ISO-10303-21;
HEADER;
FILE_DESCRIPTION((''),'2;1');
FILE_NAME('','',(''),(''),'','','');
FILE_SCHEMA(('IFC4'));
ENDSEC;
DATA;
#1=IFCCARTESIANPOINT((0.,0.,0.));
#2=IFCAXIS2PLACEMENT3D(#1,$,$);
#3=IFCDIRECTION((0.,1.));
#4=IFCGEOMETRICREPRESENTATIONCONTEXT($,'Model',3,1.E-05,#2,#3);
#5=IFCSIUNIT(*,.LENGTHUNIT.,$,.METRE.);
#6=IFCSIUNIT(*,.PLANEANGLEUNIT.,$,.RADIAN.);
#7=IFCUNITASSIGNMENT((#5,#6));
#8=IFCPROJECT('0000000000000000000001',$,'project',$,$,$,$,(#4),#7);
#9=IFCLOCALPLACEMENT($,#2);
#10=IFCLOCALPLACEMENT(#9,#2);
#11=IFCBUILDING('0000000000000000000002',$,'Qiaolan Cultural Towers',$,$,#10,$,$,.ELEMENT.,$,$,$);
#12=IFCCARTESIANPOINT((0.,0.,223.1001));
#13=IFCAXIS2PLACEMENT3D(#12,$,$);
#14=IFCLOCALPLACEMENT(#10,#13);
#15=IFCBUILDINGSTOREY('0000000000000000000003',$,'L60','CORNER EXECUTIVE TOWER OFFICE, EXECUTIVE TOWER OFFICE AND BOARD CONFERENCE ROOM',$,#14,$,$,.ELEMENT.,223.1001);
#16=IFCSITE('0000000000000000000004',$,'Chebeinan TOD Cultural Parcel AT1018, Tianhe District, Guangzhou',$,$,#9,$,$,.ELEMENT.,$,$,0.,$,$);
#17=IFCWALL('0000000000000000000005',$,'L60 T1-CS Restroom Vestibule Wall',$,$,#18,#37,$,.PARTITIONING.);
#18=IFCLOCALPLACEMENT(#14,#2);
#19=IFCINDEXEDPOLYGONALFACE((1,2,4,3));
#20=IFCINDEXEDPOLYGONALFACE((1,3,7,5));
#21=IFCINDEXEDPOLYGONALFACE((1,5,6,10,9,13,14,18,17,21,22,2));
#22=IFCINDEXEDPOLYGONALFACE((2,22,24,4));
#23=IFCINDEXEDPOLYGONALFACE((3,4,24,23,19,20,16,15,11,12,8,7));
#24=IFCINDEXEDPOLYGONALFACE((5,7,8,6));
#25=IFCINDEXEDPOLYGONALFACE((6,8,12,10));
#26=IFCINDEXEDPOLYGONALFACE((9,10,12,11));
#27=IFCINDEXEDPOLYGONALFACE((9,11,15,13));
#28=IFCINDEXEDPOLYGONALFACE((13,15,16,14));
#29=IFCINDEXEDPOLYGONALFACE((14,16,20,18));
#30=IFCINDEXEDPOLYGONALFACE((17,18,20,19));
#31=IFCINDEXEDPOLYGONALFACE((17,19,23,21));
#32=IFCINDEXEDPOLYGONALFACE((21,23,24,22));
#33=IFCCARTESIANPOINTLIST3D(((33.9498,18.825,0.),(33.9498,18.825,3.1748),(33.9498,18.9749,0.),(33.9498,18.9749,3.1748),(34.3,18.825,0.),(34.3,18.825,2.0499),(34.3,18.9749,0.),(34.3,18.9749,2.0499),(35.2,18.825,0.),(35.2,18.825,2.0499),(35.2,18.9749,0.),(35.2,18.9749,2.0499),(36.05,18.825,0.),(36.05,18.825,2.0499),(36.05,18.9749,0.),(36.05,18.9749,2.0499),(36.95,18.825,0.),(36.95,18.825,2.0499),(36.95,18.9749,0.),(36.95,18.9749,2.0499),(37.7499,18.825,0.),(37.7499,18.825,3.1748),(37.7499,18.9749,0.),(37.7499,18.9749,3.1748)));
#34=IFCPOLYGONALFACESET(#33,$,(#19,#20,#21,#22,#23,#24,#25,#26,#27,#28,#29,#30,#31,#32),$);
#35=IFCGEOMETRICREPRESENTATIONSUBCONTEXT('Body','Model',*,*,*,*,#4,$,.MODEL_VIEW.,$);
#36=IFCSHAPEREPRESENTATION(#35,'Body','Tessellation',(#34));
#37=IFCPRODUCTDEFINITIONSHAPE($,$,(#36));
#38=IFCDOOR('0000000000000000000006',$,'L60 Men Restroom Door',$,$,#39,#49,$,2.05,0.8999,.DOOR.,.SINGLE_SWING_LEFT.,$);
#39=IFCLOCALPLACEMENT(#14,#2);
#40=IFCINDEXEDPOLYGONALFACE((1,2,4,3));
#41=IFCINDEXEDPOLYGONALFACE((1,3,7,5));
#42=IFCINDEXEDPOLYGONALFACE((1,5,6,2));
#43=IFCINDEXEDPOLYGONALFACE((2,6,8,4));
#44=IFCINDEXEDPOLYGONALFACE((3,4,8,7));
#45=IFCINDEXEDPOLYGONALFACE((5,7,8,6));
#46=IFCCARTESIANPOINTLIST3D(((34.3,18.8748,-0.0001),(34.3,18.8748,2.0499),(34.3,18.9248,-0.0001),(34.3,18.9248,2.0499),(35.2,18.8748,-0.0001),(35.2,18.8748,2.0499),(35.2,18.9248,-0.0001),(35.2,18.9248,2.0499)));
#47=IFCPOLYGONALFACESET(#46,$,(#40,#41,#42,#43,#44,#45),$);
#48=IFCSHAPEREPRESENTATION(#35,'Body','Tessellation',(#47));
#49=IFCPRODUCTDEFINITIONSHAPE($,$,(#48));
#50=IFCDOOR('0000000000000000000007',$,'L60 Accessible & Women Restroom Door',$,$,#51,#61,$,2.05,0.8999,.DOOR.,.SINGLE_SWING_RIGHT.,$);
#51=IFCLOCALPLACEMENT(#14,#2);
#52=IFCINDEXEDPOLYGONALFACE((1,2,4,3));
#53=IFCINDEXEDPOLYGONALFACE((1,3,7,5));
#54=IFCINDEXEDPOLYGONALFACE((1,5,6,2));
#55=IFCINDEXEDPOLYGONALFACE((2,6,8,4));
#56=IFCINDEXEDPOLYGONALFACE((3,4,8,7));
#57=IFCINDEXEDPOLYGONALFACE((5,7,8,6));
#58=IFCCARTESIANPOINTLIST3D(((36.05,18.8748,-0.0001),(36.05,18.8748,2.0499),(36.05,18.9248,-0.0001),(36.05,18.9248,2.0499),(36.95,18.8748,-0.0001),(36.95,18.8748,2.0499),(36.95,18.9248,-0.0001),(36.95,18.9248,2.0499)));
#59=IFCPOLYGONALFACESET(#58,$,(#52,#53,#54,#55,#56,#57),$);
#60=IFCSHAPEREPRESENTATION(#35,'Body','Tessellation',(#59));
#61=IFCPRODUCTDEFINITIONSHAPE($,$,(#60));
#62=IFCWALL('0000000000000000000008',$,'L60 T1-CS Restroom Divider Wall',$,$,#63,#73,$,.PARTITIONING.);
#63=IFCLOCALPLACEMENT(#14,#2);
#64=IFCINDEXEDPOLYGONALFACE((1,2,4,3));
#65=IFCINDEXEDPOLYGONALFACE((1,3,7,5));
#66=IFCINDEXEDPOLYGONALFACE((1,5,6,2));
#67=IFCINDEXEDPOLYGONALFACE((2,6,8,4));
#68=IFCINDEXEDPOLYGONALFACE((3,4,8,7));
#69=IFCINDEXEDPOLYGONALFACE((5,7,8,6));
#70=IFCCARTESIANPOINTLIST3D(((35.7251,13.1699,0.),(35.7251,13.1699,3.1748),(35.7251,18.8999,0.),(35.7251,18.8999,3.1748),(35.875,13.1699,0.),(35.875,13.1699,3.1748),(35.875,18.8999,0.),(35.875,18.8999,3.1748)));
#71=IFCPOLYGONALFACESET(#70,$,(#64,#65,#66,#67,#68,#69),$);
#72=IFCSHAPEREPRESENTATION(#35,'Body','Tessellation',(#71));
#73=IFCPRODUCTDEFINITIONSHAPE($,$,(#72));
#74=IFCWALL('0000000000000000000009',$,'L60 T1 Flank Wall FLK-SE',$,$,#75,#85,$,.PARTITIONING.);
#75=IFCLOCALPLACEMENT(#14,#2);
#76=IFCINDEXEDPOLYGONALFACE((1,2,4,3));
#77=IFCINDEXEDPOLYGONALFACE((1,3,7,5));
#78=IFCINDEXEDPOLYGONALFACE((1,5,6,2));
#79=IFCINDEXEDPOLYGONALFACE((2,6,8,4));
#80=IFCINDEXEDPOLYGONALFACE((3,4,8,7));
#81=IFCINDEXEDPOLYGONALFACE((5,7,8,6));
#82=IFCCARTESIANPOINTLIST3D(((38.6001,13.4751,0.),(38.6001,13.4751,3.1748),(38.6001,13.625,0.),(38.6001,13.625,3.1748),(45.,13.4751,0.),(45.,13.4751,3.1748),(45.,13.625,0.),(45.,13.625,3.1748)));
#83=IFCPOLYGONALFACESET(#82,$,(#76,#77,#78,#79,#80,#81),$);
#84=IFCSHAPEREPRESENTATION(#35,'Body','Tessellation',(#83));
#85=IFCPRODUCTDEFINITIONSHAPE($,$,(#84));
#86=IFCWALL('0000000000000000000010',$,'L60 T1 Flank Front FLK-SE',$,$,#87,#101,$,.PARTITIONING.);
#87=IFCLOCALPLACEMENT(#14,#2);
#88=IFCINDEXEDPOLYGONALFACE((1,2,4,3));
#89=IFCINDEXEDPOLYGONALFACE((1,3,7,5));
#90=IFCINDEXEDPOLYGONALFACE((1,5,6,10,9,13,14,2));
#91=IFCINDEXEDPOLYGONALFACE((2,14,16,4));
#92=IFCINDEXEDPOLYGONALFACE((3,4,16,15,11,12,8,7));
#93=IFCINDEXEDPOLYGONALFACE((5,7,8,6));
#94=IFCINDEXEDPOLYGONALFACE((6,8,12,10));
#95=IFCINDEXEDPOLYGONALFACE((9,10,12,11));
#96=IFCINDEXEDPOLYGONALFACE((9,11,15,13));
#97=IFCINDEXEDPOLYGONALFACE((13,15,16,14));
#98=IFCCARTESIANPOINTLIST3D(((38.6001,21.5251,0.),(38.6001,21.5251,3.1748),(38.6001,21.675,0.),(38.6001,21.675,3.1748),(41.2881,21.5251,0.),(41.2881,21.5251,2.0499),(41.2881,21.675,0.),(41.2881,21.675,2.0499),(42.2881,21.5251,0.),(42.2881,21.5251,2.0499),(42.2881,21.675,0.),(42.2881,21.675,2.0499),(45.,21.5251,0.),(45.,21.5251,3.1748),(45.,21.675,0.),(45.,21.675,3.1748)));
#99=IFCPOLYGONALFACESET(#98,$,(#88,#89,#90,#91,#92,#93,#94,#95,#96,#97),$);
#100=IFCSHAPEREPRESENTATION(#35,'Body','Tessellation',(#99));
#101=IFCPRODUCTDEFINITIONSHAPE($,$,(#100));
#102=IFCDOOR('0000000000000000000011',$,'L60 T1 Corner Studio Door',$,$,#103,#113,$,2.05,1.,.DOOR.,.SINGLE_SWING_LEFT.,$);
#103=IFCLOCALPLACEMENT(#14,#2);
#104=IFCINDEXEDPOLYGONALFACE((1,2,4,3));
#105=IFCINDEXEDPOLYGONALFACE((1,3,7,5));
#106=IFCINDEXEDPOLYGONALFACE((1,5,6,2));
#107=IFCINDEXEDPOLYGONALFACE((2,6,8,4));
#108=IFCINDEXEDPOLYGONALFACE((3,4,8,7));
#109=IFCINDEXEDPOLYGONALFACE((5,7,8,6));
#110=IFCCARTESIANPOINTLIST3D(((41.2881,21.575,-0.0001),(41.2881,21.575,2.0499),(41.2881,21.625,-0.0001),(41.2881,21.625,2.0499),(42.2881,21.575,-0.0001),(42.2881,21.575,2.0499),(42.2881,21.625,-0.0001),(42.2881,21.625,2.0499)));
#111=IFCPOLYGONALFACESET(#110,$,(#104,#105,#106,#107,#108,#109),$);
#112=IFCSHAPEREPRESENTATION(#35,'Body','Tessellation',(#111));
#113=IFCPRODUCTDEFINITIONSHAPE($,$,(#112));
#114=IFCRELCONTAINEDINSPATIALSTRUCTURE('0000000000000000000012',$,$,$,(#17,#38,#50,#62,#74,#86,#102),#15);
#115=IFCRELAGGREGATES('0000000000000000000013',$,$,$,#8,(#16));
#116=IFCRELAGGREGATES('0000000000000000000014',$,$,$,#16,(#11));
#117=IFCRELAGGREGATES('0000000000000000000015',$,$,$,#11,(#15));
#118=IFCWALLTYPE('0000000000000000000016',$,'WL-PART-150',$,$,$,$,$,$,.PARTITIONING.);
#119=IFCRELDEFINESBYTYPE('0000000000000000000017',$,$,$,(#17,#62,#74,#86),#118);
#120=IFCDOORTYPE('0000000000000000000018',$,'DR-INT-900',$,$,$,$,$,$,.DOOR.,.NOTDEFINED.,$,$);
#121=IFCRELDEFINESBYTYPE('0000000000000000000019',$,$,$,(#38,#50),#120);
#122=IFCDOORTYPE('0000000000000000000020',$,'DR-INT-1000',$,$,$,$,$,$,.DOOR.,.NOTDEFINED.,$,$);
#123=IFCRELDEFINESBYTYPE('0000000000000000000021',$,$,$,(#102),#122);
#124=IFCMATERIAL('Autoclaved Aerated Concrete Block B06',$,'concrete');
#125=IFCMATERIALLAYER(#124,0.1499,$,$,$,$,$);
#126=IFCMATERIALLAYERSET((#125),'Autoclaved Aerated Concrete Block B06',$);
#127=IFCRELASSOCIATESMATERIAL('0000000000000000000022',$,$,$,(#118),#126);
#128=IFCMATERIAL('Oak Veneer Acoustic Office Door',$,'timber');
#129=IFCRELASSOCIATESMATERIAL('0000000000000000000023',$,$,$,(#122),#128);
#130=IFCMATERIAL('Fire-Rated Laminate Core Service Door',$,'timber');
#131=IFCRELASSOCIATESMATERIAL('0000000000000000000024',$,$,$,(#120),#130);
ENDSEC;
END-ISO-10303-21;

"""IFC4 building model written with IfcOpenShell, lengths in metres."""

from ifc_helpers import new_model, si_unit, direction, frame, frame_2d, origin, place, context, subcontext, project, spatial, rectangle, extrude, material, layer, layer_set, type_object, element, fill, save


model = new_model("IFC4")

# Units and contexts
model_context = context("Model", 3, precision=1e-05, world=origin(), true_north=direction((0.0, 1.0)))
body_context = subcontext(model_context, "Body", "Model", "MODEL_VIEW")
ifc_project = project(units=[si_unit("LENGTHUNIT", "METRE"), si_unit("PLANEANGLEUNIT", "RADIAN")], contexts=[model_context])

# Site, building, storey
site_placement = place(None, origin())
site = spatial("IfcSite", under=ifc_project, at=site_placement, Name="Chebeinan TOD Cultural Parcel AT1018, Tianhe District, Guangzhou", CompositionType="ELEMENT", RefElevation=0.0)
building_placement = place(site_placement, origin())
building = spatial("IfcBuilding", under=site, at=building_placement, Name="Qiaolan Cultural Towers", CompositionType="ELEMENT")
storey_placement = place(building_placement, frame((0.0, 0.0, 223.1001)))
storey = spatial("IfcBuildingStorey", under=building, at=storey_placement, Name="L60", Description="CORNER EXECUTIVE TOWER OFFICE, EXECUTIVE TOWER OFFICE AND BOARD CONFERENCE ROOM", CompositionType="ELEMENT", Elevation=223.1001)

# Shared definitions
ifc_material_1 = material(Name="Autoclaved Aerated Concrete Block B06", Category="concrete")
ifc_layer_1 = layer(ifc_material_1, 0.1499)
ifc_layer_set_1 = layer_set([ifc_layer_1], Name="Autoclaved Aerated Concrete Block B06")
wall_type_1 = type_object("IfcWallType", Name="WL-PART-150", PredefinedType="PARTITIONING", material=ifc_layer_set_1)
ifc_material_2 = material(Name="Oak Veneer Acoustic Office Door", Category="timber")
door_type_1 = type_object("IfcDoorType", Name="DR-INT-1000", OperationType="NOTDEFINED", PredefinedType="DOOR", material=ifc_material_2)

# Wall, openings, doors
wall_1_placement = place(storey_placement, frame((33.95, 18.8999, 0.0), z_axis=(0.0, 0.0, 1.0), x_axis=(1.0, 0.0, 0.0)))
wall_1 = element("IfcWall", 1, at=wall_1_placement, inside=storey, type_object=wall_type_1, Name="L60 T1-CS Restroom Vestibule Wall", PredefinedType="PARTITIONING", context=body_context, shape_type="SweptSolid", body=[
    extrude(rectangle(XDim=3.8, YDim=0.1499, at=frame_2d((1.8999, 0.0))), origin(), (0.0, 0.0, 1.0), 3.1748),
])
opening_1_placement = place(wall_1_placement, frame((0.3501, 0.0, 0.0)))
opening_1 = element("IfcOpeningElement", 2, at=opening_1_placement, cuts=wall_1, PredefinedType="OPENING", context=body_context, shape_type="SweptSolid", body=[
    extrude(rectangle(XDim=0.8999, YDim=2.05, at=frame_2d((0.45, 1.0249))), frame((0.0, 0.085, 0.0), z_axis=(0.0, -1.0, 0.0), x_axis=(1.0, 0.0, 0.0)), (0.0, 0.0, 1.0), 0.1699),
])
opening_2_placement = place(wall_1_placement, frame((2.1001, 0.0, 0.0)))
opening_2 = element("IfcOpeningElement", 3, at=opening_2_placement, cuts=wall_1, PredefinedType="OPENING", context=body_context, shape_type="SweptSolid", body=[
    extrude(rectangle(XDim=0.8999, YDim=2.05, at=frame_2d((0.45, 1.0249))), frame((0.0, 0.085, 0.0), z_axis=(0.0, -1.0, 0.0), x_axis=(1.0, 0.0, 0.0)), (0.0, 0.0, 1.0), 0.1699),
])
ifc_material_3 = material(Name="Fire-Rated Laminate Core Service Door", Category="timber")
door_type_2 = type_object("IfcDoorType", Name="DR-INT-900", OperationType="NOTDEFINED", PredefinedType="DOOR", material=ifc_material_3)
door_1_placement = place(opening_1_placement, origin())
door_1 = element("IfcDoor", 4, at=door_1_placement, inside=storey, type_object=door_type_2, Name="L60 Men Restroom Door", OperationType="SINGLE_SWING_LEFT", OverallHeight=2.05, OverallWidth=0.8999, PredefinedType="DOOR", context=body_context, shape_type="SweptSolid", body=[
    extrude(rectangle(XDim=0.8999, YDim=2.05, at=frame_2d((0.45, 1.0249))), frame((0.0, 0.0249, 0.0), z_axis=(0.0, -1.0, 0.0), x_axis=(1.0, 0.0, 0.0)), (0.0, 0.0, 1.0), 0.05),
])
fill(opening_1, door_1)
door_2_placement = place(opening_2_placement, origin())
door_2 = element("IfcDoor", 5, at=door_2_placement, inside=storey, type_object=door_type_2, Name="L60 Accessible & Women Restroom Door", OperationType="SINGLE_SWING_RIGHT", OverallHeight=2.05, OverallWidth=0.8999, PredefinedType="DOOR", context=body_context, shape_type="SweptSolid", body=[
    extrude(rectangle(XDim=0.8999, YDim=2.05, at=frame_2d((0.45, 1.0249))), frame((0.0, 0.0249, 0.0), z_axis=(0.0, -1.0, 0.0), x_axis=(1.0, 0.0, 0.0)), (0.0, 0.0, 1.0), 0.05),
])
fill(opening_2, door_2)

# Walls
wall_2_placement = place(storey_placement, frame((35.8, 18.8999, 0.0), z_axis=(0.0, 0.0, 1.0), x_axis=(0.0, -1.0, 0.0)))
element("IfcWall", 6, at=wall_2_placement, inside=storey, type_object=wall_type_1, Name="L60 T1-CS Restroom Divider Wall", PredefinedType="PARTITIONING", context=body_context, shape_type="SweptSolid", body=[
    extrude(rectangle(XDim=5.73, YDim=0.1499, at=frame_2d((2.865, 0.0))), origin(), (0.0, 0.0, 1.0), 3.1748),
])
wall_3_placement = place(storey_placement, frame((38.6001, 13.55, 0.0), z_axis=(0.0, 0.0, 1.0), x_axis=(1.0, 0.0, 0.0)))
element("IfcWall", 7, at=wall_3_placement, inside=storey, type_object=wall_type_1, Name="L60 T1 Flank Wall FLK-SE", PredefinedType="PARTITIONING", context=body_context, shape_type="SweptSolid", body=[
    extrude(rectangle(XDim=6.3999, YDim=0.1499, at=frame_2d((3.2, 0.0))), origin(), (0.0, 0.0, 1.0), 3.1748),
])

# Wall, opening, door
wall_4_placement = place(storey_placement, frame((38.6001, 21.6001, 0.0), z_axis=(0.0, 0.0, 1.0), x_axis=(1.0, 0.0, 0.0)))
wall_4 = element("IfcWall", 8, at=wall_4_placement, inside=storey, type_object=wall_type_1, Name="L60 T1 Flank Front FLK-SE", PredefinedType="PARTITIONING", context=body_context, shape_type="SweptSolid", body=[
    extrude(rectangle(XDim=6.3999, YDim=0.1499, at=frame_2d((3.2, 0.0))), origin(), (0.0, 0.0, 1.0), 3.1748),
])
opening_3_placement = place(wall_4_placement, frame((2.688, 0.0, 0.0)))
opening_3 = element("IfcOpeningElement", 9, at=opening_3_placement, cuts=wall_4, PredefinedType="OPENING", context=body_context, shape_type="SweptSolid", body=[
    extrude(rectangle(XDim=1.0, YDim=2.05, at=frame_2d((0.5, 1.0249))), frame((0.0, 0.085, 0.0), z_axis=(0.0, -1.0, 0.0), x_axis=(1.0, 0.0, 0.0)), (0.0, 0.0, 1.0), 0.1699),
])
door_3_placement = place(opening_3_placement, origin())
door_3 = element("IfcDoor", 10, at=door_3_placement, inside=storey, type_object=door_type_1, Name="L60 T1 Corner Studio Door", OperationType="SINGLE_SWING_LEFT", OverallHeight=2.05, OverallWidth=1.0, PredefinedType="DOOR", context=body_context, shape_type="SweptSolid", body=[
    extrude(rectangle(XDim=1.0, YDim=2.05, at=frame_2d((0.5, 1.0249))), frame((0.0, 0.0249, 0.0), z_axis=(0.0, -1.0, 0.0), x_axis=(1.0, 0.0, 0.0)), (0.0, 0.0, 1.0), 0.05),
])
fill(opening_3, door_3)

save(model, "model.ifc")
